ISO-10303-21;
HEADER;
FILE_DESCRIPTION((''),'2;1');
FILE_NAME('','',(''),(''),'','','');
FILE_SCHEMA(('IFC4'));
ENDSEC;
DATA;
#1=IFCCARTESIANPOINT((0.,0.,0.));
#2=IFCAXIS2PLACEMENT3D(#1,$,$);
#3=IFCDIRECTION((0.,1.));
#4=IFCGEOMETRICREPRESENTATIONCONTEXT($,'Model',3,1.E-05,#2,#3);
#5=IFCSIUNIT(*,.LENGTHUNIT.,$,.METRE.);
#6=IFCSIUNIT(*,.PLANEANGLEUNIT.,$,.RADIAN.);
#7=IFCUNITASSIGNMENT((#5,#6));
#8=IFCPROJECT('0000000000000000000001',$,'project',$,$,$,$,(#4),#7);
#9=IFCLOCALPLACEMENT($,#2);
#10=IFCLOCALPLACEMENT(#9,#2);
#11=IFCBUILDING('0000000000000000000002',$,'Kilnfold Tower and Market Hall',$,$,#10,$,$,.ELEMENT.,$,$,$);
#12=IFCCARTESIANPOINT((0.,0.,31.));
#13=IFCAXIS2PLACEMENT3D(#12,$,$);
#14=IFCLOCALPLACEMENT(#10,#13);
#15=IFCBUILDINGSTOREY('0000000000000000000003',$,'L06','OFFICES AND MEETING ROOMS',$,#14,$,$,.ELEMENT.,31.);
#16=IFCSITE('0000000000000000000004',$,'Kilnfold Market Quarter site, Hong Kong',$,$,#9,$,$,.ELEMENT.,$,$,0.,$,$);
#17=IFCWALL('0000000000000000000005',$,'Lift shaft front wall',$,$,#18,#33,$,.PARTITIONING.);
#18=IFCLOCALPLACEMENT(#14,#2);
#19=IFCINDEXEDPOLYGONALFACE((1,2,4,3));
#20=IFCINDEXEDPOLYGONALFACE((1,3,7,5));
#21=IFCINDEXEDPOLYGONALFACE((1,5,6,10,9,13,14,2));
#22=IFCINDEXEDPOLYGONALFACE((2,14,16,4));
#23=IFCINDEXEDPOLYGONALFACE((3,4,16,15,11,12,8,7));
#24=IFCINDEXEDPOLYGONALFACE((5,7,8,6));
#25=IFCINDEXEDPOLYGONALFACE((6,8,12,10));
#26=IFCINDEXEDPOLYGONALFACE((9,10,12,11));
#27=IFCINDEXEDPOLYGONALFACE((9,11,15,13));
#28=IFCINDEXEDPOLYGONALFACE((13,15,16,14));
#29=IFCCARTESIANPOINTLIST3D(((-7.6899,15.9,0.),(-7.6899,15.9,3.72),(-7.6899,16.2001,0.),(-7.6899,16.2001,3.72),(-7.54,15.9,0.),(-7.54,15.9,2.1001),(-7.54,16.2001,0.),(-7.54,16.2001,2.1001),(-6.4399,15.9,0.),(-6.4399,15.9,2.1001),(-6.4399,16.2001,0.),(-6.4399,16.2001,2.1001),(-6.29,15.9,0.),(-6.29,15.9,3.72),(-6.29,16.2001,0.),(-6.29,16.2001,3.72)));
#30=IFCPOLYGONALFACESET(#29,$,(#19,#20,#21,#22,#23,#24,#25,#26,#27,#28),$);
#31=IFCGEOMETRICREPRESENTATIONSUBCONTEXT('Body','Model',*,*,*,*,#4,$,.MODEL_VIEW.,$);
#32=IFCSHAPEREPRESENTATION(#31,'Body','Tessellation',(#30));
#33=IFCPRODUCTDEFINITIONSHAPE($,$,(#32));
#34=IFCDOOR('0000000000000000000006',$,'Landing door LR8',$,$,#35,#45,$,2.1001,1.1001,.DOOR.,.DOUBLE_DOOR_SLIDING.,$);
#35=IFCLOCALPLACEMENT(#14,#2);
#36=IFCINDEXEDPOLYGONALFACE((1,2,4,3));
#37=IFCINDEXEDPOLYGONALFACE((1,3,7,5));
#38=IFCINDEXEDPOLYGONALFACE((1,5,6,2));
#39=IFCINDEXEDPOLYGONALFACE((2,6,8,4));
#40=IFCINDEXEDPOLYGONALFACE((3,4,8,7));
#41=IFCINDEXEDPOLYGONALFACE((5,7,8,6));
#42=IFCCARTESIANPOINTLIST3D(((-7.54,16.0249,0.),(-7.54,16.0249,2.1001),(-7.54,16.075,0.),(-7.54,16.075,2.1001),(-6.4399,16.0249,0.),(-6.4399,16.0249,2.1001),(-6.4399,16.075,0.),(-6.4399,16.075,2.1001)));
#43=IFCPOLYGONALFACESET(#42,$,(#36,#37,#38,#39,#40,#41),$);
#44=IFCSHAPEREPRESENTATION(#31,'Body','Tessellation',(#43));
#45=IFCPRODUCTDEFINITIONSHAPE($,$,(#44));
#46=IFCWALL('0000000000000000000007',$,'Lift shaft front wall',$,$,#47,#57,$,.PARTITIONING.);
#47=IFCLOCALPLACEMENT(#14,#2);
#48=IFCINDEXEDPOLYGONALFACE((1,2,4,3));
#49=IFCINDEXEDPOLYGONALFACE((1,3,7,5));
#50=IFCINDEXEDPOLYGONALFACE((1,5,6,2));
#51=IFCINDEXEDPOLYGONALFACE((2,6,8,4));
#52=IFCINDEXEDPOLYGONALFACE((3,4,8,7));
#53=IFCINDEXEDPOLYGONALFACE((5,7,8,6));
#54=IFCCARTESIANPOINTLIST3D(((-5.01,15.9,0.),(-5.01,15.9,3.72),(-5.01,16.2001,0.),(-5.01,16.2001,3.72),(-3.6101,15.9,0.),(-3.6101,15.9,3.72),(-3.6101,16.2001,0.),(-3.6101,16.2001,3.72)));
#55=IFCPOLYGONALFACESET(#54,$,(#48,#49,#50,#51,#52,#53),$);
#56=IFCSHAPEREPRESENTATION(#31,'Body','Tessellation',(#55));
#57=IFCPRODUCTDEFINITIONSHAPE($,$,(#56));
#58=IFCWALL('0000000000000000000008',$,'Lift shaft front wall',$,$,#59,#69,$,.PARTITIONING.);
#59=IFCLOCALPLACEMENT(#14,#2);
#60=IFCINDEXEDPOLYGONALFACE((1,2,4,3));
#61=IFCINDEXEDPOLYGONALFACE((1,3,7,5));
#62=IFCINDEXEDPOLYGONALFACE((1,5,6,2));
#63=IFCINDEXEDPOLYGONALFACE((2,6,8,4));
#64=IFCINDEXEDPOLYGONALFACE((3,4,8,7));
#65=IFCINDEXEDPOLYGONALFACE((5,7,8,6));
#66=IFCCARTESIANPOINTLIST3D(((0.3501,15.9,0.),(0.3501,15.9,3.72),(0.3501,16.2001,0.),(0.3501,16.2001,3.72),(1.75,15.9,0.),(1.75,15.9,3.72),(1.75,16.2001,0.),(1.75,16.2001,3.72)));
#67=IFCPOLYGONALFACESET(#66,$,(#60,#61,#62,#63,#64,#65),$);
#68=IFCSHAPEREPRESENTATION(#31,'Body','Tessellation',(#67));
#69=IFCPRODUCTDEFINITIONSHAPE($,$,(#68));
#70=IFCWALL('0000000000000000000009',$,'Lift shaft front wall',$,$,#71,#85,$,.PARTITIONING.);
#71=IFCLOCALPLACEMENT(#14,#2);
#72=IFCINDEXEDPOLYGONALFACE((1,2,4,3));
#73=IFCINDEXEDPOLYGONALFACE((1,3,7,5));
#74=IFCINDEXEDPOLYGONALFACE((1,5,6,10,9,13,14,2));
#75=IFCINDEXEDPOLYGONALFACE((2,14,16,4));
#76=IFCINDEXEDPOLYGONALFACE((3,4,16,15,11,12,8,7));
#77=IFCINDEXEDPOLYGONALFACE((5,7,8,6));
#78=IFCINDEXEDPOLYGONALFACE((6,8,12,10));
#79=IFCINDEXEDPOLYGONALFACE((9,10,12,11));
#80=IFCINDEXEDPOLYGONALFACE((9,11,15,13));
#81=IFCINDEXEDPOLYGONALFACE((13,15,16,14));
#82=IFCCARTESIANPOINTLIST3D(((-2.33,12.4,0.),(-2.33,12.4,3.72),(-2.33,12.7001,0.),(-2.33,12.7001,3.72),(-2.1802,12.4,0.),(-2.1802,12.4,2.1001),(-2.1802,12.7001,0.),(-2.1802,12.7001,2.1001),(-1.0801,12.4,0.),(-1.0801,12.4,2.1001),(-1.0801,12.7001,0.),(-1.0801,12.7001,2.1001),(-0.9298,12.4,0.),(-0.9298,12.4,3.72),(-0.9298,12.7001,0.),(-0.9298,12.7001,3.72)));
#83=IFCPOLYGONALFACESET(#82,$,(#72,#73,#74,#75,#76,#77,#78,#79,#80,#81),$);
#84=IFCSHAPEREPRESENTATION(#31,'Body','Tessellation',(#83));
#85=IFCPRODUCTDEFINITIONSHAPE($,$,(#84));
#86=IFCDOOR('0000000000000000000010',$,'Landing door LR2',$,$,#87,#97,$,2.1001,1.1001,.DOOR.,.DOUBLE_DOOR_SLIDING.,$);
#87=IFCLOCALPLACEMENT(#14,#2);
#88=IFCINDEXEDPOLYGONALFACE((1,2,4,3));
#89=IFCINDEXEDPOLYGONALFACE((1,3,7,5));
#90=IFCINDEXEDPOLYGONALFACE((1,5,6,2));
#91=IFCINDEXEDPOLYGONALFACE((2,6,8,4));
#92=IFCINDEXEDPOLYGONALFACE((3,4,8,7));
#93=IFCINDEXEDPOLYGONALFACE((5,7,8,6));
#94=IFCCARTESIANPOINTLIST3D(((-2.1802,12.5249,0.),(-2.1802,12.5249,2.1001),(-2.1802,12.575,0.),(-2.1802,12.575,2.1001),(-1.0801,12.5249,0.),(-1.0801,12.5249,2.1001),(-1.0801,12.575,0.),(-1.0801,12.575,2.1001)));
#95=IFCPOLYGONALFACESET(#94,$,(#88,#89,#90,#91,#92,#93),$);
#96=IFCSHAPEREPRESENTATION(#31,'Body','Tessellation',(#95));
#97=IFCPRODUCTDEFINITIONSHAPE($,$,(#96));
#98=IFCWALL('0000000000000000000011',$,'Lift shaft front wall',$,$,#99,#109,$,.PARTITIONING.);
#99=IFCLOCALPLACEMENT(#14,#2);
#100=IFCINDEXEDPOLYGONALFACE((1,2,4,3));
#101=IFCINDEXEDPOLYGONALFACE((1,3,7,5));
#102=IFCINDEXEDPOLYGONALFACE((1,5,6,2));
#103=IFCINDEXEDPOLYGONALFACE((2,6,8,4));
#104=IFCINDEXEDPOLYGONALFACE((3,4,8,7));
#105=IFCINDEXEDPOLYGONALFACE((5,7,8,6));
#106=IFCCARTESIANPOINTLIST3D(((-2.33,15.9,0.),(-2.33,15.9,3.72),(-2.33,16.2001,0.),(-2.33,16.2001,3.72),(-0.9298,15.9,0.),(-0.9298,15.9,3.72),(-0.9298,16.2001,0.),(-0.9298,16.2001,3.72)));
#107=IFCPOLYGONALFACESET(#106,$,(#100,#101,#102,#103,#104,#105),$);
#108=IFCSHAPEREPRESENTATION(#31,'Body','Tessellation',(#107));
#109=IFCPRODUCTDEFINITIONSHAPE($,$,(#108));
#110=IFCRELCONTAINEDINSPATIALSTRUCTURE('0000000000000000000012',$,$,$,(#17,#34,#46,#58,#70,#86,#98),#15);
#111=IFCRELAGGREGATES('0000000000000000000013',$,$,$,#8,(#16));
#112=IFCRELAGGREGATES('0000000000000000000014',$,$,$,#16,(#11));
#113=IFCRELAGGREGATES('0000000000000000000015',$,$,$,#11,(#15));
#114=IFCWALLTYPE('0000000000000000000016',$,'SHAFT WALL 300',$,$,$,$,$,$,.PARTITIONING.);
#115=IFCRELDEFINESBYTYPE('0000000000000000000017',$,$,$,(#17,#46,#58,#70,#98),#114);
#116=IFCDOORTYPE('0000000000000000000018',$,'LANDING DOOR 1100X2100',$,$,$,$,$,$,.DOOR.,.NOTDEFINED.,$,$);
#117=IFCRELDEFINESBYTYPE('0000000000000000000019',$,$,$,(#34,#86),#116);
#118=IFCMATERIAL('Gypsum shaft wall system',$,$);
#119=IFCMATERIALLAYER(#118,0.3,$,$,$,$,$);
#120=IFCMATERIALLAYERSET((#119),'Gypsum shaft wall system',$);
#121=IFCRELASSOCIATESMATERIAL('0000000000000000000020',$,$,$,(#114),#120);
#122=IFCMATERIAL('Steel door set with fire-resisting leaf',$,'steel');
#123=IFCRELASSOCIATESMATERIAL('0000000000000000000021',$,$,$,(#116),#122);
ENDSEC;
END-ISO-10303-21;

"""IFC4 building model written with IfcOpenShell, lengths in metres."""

from ifc_helpers import new_model, si_unit, direction, frame, frame_2d, origin, place, context, subcontext, project, spatial, rectangle, extrude, source, transform, mapped, material, layer, layer_set, type_object, element, fill, save


model = new_model("IFC4")

# Units and contexts
model_context = context("Model", 3, precision=1e-05, world=origin(), true_north=direction((0.0, 1.0)))
body_context = subcontext(model_context, "Body", "Model", "MODEL_VIEW")
ifc_project = project(units=[si_unit("LENGTHUNIT", "METRE"), si_unit("PLANEANGLEUNIT", "RADIAN")], contexts=[model_context])

# Site, building, storey
site_placement = place(None, origin())
site = spatial("IfcSite", under=ifc_project, at=site_placement, Name="Kilnfold Market Quarter site, Hong Kong", CompositionType="ELEMENT", RefElevation=0.0)
building_placement = place(site_placement, origin())
building = spatial("IfcBuilding", under=site, at=building_placement, Name="Kilnfold Tower and Market Hall", CompositionType="ELEMENT")
storey_placement = place(building_placement, frame((0.0, 0.0, 31.0)))
storey = spatial("IfcBuildingStorey", under=building, at=storey_placement, Name="L06", Description="OFFICES AND MEETING ROOMS", CompositionType="ELEMENT", Elevation=31.0)

# Wall, opening, door
ifc_material_1 = material(Name="Gypsum shaft wall system")
ifc_layer_1 = layer(ifc_material_1, 0.3)
ifc_layer_set_1 = layer_set([ifc_layer_1], Name="Gypsum shaft wall system")
wall_type_1 = type_object("IfcWallType", Name="SHAFT WALL 300", PredefinedType="PARTITIONING", material=ifc_layer_set_1)
shared_shape_1 = source(origin(), body_context, "Body", "SweptSolid", [
    extrude(rectangle(XDim=1.3999, YDim=0.3, at=frame_2d((0.7, 0.0))), origin(), (0.0, 0.0, 1.0), 3.72),
])
ifc_material_2 = material(Name="Steel door set with fire-resisting leaf", Category="steel")
door_type = type_object("IfcDoorType", Name="LANDING DOOR 1100X2100", OperationType="NOTDEFINED", PredefinedType="DOOR", material=ifc_material_2)
wall_1_placement = place(storey_placement, frame((-7.6899, 16.05, 0.0), z_axis=(0.0, 0.0, 1.0), x_axis=(1.0, 0.0, 0.0)))
wall_1 = element("IfcWall", 1, at=wall_1_placement, inside=storey, type_object=wall_type_1, Name="Lift shaft front wall", PredefinedType="PARTITIONING", context=body_context, shape_type="MappedRepresentation", body=[
    mapped(shared_shape_1, transform((0.0, 0.0, 0.0))),
])
opening_1_placement = place(wall_1_placement, frame((0.1499, 0.0, 0.0)))
opening_1 = element("IfcOpeningElement", 2, at=opening_1_placement, cuts=wall_1, PredefinedType="OPENING", context=body_context, shape_type="SweptSolid", body=[
    extrude(rectangle(XDim=1.1001, YDim=2.1001, at=frame_2d((0.55, 1.05))), frame((0.0, 0.1602, 0.0), z_axis=(0.0, -1.0, 0.0), x_axis=(1.0, 0.0, 0.0)), (0.0, 0.0, 1.0), 0.3201),
])
door_1_placement = place(opening_1_placement, origin())
door_1 = element("IfcDoor", 3, at=door_1_placement, inside=storey, type_object=door_type, Name="Landing door LR8", OperationType="DOUBLE_DOOR_SLIDING", OverallHeight=2.1001, OverallWidth=1.1001, PredefinedType="DOOR", context=body_context, shape_type="SweptSolid", body=[
    extrude(rectangle(XDim=1.1001, YDim=2.1001, at=frame_2d((0.55, 1.05))), frame((0.0, 0.0249, 0.0), z_axis=(0.0, -1.0, 0.0), x_axis=(1.0, 0.0, 0.0)), (0.0, 0.0, 1.0), 0.05),
])
fill(opening_1, door_1)

# Walls
for number, where, z_axis, x_axis, name in (
    (4, (-5.01, 16.05, 0.0), (0.0, 0.0, 1.0), (1.0, 0.0, 0.0), "Lift shaft front wall"),
    (5, (0.3501, 16.05, 0.0), (0.0, 0.0, 1.0), (1.0, 0.0, 0.0), "Lift shaft front wall"),
):
    element("IfcWall", number, at=place(storey_placement, frame(where, z_axis=z_axis, x_axis=x_axis)), inside=storey, type_object=wall_type_1, Name=name, PredefinedType="PARTITIONING", context=body_context, shape_type="MappedRepresentation", body=[
        mapped(shared_shape_1, transform((0.0, 0.0, 0.0))),
    ])

# Wall, opening, door
shared_shape_2 = source(origin(), body_context, "Body", "SweptSolid", [
    extrude(rectangle(XDim=1.4001, YDim=0.3, at=frame_2d((0.7002, 0.0))), origin(), (0.0, 0.0, 1.0), 3.72),
])
wall_2_placement = place(storey_placement, frame((-2.3301, 12.55, 0.0), z_axis=(0.0, 0.0, 1.0), x_axis=(1.0, 0.0, 0.0)))
wall_2 = element("IfcWall", 6, at=wall_2_placement, inside=storey, type_object=wall_type_1, Name="Lift shaft front wall", PredefinedType="PARTITIONING", context=body_context, shape_type="MappedRepresentation", body=[
    mapped(shared_shape_2, transform((0.0, 0.0, 0.0))),
])
opening_2_placement = place(wall_2_placement, frame((0.1499, 0.0, 0.0)))
opening_2 = element("IfcOpeningElement", 7, at=opening_2_placement, cuts=wall_2, PredefinedType="OPENING", context=body_context, shape_type="SweptSolid", body=[
    extrude(rectangle(XDim=1.1001, YDim=2.1001, at=frame_2d((0.55, 1.05))), frame((0.0, 0.1602, 0.0), z_axis=(0.0, -1.0, 0.0), x_axis=(1.0, 0.0, 0.0)), (0.0, 0.0, 1.0), 0.3201),
])
door_2_placement = place(opening_2_placement, origin())
door_2 = element("IfcDoor", 8, at=door_2_placement, inside=storey, type_object=door_type, Name="Landing door LR2", OperationType="DOUBLE_DOOR_SLIDING", OverallHeight=2.1001, OverallWidth=1.1001, PredefinedType="DOOR", context=body_context, shape_type="SweptSolid", body=[
    extrude(rectangle(XDim=1.1001, YDim=2.1001, at=frame_2d((0.55, 1.05))), frame((0.0, 0.0249, 0.0), z_axis=(0.0, -1.0, 0.0), x_axis=(1.0, 0.0, 0.0)), (0.0, 0.0, 1.0), 0.05),
])
fill(opening_2, door_2)

# Wall
wall_3_placement = place(storey_placement, frame((-2.3301, 16.05, 0.0), z_axis=(0.0, 0.0, 1.0), x_axis=(1.0, 0.0, 0.0)))
element("IfcWall", 9, at=wall_3_placement, inside=storey, type_object=wall_type_1, Name="Lift shaft front wall", PredefinedType="PARTITIONING", context=body_context, shape_type="MappedRepresentation", body=[
    mapped(shared_shape_2, transform((0.0, 0.0, 0.0))),
])

save(model, "model.ifc")
